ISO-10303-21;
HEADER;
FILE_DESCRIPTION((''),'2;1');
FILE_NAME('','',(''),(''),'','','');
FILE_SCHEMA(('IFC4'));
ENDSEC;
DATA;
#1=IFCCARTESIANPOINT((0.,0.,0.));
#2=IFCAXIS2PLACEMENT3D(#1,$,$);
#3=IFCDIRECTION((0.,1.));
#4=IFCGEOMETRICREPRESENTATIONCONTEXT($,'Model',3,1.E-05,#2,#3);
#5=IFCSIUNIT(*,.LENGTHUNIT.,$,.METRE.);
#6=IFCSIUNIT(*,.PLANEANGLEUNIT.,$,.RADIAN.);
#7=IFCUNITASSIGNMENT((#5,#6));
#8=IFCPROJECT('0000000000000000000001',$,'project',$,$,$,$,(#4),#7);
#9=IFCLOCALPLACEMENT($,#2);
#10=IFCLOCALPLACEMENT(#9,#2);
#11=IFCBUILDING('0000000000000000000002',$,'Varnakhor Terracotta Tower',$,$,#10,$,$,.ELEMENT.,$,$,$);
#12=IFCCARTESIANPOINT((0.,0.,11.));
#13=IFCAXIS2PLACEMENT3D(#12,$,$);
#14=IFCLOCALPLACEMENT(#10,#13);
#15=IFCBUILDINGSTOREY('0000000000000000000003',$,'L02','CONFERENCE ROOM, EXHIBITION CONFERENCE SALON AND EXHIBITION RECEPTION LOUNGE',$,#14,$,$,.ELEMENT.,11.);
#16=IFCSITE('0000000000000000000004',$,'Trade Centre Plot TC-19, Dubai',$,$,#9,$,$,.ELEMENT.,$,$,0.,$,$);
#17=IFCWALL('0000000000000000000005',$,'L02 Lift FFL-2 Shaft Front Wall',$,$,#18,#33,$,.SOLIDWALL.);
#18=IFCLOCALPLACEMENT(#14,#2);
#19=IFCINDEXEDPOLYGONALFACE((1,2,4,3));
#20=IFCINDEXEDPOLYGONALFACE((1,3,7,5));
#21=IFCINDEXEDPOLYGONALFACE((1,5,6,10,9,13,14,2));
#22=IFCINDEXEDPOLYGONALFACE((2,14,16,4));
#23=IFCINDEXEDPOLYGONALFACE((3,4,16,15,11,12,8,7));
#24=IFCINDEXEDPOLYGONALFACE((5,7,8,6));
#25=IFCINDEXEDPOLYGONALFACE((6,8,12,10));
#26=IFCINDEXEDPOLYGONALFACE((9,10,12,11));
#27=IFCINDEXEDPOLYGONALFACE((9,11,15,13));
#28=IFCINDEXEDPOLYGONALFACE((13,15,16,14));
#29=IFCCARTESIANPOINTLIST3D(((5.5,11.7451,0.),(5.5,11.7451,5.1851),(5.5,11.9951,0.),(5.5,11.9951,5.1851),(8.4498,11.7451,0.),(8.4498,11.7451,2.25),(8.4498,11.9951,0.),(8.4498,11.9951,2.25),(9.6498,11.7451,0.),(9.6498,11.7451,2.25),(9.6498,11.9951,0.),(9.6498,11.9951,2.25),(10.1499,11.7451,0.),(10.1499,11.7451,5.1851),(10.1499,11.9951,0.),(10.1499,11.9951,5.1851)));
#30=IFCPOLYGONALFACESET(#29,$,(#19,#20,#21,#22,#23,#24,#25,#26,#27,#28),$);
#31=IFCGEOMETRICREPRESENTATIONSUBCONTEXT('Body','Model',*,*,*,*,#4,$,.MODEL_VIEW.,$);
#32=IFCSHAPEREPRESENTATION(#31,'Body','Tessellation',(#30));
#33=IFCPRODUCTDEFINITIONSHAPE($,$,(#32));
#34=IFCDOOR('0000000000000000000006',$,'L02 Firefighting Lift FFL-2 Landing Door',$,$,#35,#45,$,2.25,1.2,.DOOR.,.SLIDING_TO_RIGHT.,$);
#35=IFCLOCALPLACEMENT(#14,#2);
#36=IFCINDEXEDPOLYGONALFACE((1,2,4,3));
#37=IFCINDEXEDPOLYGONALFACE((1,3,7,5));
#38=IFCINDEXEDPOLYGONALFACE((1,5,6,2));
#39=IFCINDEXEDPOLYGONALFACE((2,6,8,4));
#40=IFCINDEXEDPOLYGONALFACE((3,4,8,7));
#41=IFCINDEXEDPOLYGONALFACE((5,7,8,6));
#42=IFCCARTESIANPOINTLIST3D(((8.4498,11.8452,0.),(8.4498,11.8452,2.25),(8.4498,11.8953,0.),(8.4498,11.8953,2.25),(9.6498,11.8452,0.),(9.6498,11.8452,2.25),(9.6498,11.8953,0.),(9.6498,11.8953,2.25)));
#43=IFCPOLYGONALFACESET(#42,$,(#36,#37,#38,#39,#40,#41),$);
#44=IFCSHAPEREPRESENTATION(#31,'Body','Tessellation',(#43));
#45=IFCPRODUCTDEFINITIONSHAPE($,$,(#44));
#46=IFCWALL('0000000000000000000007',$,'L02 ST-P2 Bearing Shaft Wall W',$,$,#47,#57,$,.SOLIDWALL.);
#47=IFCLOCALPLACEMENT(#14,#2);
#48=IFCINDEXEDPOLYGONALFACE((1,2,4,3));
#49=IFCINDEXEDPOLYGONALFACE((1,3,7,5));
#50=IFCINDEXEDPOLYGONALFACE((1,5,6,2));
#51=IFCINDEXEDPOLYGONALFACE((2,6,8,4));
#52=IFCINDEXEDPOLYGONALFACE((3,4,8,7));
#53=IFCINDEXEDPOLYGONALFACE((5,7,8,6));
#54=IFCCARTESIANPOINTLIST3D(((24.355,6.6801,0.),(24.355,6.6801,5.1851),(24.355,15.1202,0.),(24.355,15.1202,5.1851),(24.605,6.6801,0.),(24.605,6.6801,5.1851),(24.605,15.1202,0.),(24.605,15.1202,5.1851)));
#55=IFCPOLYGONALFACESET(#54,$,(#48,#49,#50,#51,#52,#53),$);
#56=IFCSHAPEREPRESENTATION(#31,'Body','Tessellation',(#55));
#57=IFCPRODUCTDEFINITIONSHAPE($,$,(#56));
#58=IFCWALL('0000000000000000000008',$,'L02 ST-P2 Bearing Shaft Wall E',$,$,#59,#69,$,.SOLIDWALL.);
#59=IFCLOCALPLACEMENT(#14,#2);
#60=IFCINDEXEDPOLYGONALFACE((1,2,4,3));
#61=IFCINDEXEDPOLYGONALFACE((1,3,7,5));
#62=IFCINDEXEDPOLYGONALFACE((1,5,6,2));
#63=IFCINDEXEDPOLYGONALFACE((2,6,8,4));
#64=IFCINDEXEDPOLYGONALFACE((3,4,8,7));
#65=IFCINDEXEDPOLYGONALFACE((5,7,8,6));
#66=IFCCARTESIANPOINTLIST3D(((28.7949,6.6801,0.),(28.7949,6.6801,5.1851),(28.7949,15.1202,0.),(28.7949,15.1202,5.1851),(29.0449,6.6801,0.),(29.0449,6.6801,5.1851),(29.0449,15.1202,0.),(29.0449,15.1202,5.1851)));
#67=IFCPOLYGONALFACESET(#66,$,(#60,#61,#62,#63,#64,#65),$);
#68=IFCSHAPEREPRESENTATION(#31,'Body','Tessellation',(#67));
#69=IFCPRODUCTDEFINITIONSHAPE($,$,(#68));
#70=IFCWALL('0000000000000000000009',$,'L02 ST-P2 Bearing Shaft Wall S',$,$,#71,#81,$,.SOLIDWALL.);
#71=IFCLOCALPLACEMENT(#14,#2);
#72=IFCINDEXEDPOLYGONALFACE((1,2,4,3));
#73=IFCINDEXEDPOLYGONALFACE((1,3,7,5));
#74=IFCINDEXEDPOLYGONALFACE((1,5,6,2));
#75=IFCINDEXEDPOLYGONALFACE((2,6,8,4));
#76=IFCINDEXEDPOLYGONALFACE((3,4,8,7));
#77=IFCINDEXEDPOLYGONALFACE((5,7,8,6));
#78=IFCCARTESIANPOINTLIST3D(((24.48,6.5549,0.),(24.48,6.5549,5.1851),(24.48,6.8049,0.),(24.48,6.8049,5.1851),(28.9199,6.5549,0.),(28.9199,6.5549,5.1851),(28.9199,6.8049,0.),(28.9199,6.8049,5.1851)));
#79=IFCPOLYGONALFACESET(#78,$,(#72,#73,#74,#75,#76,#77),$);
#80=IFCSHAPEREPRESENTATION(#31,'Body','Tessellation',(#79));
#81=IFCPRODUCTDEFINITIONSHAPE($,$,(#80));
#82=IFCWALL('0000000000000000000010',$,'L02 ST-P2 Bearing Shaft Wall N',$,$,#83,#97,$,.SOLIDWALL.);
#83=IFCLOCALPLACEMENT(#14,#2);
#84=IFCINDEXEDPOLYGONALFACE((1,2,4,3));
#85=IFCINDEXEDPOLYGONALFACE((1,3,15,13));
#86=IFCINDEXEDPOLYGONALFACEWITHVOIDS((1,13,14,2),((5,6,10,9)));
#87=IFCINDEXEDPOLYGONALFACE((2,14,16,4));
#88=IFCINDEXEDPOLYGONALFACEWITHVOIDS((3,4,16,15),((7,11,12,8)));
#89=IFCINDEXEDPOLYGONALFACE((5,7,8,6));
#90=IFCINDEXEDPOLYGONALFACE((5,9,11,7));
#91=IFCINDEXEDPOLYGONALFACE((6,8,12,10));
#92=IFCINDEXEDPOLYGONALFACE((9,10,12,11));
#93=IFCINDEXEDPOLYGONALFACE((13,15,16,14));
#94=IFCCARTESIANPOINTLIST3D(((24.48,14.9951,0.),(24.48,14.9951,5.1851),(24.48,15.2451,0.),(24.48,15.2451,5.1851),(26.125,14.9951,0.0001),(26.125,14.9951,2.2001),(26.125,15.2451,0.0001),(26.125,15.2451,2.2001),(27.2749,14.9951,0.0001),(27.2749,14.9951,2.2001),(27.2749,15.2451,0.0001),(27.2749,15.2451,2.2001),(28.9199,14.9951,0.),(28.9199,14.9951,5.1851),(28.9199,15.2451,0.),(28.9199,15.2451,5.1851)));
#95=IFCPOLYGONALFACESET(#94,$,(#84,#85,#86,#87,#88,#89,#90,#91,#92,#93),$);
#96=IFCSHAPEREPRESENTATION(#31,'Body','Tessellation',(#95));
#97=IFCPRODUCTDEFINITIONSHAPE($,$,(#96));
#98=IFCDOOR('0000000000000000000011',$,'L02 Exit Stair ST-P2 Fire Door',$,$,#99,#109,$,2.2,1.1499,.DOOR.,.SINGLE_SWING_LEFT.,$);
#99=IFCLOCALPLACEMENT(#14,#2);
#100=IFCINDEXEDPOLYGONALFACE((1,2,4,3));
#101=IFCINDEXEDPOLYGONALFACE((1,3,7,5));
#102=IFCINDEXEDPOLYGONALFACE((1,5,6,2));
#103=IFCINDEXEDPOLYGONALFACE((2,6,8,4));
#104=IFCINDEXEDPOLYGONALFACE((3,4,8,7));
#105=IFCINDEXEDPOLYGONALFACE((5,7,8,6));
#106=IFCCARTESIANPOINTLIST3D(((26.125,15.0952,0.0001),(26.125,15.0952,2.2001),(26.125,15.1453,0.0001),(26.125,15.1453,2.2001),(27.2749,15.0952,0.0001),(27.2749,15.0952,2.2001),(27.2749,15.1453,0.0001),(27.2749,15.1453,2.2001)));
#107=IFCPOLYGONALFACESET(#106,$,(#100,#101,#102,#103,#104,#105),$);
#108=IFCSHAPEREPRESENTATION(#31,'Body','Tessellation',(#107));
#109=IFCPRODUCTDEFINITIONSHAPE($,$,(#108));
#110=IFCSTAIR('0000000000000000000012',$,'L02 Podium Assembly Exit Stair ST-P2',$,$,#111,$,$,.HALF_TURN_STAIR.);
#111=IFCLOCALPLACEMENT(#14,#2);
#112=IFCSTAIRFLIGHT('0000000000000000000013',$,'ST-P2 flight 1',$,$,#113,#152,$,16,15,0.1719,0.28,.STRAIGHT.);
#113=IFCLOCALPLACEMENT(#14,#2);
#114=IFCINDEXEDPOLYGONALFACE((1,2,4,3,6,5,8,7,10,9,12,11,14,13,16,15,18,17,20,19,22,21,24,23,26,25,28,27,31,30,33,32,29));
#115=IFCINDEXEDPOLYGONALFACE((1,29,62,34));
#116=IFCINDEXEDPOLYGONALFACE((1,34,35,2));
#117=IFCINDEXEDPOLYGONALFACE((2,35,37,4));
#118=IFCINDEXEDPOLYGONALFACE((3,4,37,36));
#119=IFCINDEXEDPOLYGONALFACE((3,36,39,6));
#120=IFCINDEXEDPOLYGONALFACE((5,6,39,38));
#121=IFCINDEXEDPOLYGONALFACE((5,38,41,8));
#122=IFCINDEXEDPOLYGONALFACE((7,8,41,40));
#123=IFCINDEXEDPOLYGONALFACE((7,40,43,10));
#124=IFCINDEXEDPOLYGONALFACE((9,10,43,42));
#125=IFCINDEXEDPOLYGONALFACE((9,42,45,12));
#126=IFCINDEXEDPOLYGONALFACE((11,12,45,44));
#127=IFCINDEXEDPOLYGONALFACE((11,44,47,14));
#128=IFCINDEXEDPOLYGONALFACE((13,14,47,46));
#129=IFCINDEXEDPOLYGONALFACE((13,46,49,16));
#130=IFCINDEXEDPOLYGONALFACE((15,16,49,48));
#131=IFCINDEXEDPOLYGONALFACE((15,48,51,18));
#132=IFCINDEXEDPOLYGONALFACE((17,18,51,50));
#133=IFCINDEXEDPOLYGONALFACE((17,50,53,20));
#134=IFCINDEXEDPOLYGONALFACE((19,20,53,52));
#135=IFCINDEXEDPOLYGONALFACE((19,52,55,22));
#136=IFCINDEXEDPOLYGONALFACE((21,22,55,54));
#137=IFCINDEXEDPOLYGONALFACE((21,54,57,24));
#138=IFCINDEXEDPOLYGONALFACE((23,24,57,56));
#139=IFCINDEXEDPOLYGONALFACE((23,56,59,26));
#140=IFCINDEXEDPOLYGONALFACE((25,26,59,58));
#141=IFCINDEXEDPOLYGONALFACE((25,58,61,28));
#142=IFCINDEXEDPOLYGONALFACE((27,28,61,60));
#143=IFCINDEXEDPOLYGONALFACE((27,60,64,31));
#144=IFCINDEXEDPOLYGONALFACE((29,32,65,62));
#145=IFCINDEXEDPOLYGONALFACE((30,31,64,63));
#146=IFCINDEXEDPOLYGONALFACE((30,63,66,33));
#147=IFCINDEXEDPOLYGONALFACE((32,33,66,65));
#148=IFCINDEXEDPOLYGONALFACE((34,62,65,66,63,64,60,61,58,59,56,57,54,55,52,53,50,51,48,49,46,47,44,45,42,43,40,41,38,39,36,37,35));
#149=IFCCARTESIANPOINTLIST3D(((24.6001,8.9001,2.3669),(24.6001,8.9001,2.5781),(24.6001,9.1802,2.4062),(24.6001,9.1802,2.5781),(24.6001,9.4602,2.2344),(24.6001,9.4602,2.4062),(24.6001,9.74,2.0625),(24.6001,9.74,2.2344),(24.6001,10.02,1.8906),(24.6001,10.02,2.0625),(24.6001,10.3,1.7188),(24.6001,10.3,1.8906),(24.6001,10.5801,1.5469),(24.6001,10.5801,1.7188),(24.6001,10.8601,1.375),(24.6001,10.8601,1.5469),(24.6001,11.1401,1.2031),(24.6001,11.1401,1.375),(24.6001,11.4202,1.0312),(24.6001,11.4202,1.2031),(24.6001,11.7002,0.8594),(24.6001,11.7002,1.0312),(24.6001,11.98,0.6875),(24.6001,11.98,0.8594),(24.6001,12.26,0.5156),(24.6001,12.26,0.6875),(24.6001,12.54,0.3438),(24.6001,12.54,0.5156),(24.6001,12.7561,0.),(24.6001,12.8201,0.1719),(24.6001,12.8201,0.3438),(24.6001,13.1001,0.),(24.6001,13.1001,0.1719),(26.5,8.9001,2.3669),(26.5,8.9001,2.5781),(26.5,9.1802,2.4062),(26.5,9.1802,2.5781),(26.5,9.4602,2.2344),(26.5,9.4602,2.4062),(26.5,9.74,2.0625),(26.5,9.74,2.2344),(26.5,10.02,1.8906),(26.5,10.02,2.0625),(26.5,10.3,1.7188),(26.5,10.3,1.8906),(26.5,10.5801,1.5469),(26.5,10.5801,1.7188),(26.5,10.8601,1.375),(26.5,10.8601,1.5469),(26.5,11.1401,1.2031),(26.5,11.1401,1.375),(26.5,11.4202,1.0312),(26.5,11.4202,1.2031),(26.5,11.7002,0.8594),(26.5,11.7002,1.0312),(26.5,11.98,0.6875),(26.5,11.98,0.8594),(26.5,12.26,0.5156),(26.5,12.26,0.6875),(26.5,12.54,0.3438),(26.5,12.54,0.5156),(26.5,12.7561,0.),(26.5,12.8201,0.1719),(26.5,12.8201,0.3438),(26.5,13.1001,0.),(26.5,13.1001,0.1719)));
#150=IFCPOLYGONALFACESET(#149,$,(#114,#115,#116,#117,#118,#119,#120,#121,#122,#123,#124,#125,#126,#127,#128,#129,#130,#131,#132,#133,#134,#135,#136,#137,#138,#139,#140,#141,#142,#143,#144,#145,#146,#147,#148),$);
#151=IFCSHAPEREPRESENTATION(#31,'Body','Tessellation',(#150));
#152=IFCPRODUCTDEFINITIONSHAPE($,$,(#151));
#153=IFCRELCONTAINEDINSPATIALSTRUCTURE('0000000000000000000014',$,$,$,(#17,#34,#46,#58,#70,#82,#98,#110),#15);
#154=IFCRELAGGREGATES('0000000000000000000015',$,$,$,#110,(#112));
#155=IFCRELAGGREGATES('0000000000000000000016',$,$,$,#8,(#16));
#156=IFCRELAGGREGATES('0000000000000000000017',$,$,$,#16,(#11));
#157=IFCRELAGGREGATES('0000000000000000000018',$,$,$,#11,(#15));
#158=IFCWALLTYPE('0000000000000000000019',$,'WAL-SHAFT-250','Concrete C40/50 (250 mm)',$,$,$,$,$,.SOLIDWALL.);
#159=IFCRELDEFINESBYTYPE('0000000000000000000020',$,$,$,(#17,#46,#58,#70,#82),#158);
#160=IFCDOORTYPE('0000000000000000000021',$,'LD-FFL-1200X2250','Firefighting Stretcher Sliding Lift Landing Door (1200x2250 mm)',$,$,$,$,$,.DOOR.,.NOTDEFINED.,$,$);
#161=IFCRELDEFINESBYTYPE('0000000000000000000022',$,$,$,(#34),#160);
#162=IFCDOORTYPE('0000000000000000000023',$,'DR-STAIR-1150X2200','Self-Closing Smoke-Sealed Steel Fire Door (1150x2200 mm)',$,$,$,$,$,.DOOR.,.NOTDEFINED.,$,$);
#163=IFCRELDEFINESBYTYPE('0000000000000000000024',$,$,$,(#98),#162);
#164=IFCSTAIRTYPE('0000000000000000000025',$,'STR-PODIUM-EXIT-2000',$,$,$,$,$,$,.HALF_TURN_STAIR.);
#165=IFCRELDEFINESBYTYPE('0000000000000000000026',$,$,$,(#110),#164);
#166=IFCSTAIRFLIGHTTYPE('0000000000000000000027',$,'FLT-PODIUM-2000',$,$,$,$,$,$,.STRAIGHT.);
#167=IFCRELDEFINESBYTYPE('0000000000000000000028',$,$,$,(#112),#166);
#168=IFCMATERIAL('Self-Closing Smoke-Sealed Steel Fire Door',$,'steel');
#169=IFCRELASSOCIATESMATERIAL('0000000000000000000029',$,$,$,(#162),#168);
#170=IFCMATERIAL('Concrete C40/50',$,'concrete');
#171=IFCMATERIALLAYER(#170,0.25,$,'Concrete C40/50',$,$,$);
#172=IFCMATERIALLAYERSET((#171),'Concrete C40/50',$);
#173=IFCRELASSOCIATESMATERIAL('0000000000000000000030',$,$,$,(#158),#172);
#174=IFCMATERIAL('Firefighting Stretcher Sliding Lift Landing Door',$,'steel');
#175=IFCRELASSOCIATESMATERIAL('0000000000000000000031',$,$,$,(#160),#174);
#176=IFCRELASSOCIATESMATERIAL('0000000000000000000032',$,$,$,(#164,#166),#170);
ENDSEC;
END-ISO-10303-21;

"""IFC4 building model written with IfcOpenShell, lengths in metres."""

from ifc_helpers import new_model, si_unit, direction, frame, frame_2d, origin, place, context, subcontext, project, spatial, polyline, rectangle, outline, extrude, source, transform, mapped, material, layer, layer_set, type_object, type_shapes, element, fill, aggregate, save


model = new_model("IFC4")

# Units and contexts
model_context = context("Model", 3, precision=1e-05, world=origin(), true_north=direction((0.0, 1.0)))
body_context = subcontext(model_context, "Body", "Model", "MODEL_VIEW")
ifc_project = project(units=[si_unit("LENGTHUNIT", "METRE"), si_unit("PLANEANGLEUNIT", "RADIAN")], contexts=[model_context])

# Site, building, storey
site_placement = place(None, origin())
site = spatial("IfcSite", under=ifc_project, at=site_placement, Name="Trade Centre Plot TC-19, Dubai", CompositionType="ELEMENT", RefElevation=0.0)
building_placement = place(site_placement, origin())
building = spatial("IfcBuilding", under=site, at=building_placement, Name="Varnakhor Terracotta Tower", CompositionType="ELEMENT")
storey_placement = place(building_placement, frame((0.0, 0.0, 11.0)))
storey = spatial("IfcBuildingStorey", under=building, at=storey_placement, Name="L02", Description="CONFERENCE ROOM, EXHIBITION CONFERENCE SALON AND EXHIBITION RECEPTION LOUNGE", CompositionType="ELEMENT", Elevation=11.0)

# Wall, opening, door
ifc_material_1 = material(Name="Concrete C40/50", Category="concrete")
ifc_material_2 = material(Name="Self-Closing Smoke-Sealed Steel Fire Door", Category="steel")
door_type_1 = type_object("IfcDoorType", Name="DR-STAIR-1150X2200", Description="Self-Closing Smoke-Sealed Steel Fire Door (1150x2200 mm)", OperationType="NOTDEFINED", PredefinedType="DOOR", material=ifc_material_2)
shared_shape_1 = source(origin(), body_context, "Body", "SweptSolid", [
    extrude(rectangle(XDim=1.1499, YDim=2.2, at=frame_2d((0.575, 1.1001))), frame((0.0, 0.0249, 0.0), z_axis=(0.0, -1.0, 0.0), x_axis=(1.0, 0.0, 0.0)), (0.0, 0.0, 1.0), 0.05),
])
type_shapes(door_type_1, [shared_shape_1])
ifc_layer_1 = layer(ifc_material_1, 0.25, Name="Concrete C40/50")
ifc_layer_set_1 = layer_set([ifc_layer_1], Name="Concrete C40/50")
wall_type_1 = type_object("IfcWallType", Name="WAL-SHAFT-250", Description="Concrete C40/50 (250 mm)", PredefinedType="SOLIDWALL", material=ifc_layer_set_1)
wall_1_placement = place(storey_placement, frame((10.1499, 11.8701, 0.0), z_axis=(0.0, 0.0, 1.0), x_axis=(-1.0, 0.0, 0.0)))
wall_1 = element("IfcWall", 1, at=wall_1_placement, inside=storey, type_object=wall_type_1, Name="L02 Lift FFL-2 Shaft Front Wall", PredefinedType="SOLIDWALL", context=body_context, shape_type="SweptSolid", body=[
    extrude(rectangle(XDim=4.6499, YDim=0.25, at=frame_2d((2.325, 0.0))), origin(), (0.0, 0.0, 1.0), 5.1851),
])
opening_1_placement = place(wall_1_placement, frame((0.5, 0.0, 0.0)))
opening_1 = element("IfcOpeningElement", 2, at=opening_1_placement, cuts=wall_1, PredefinedType="OPENING", context=body_context, shape_type="SweptSolid", body=[
    extrude(rectangle(XDim=1.2, YDim=2.25, at=frame_2d((0.6001, 1.125))), frame((0.0, 0.135, 0.0), z_axis=(0.0, -1.0, 0.0), x_axis=(1.0, 0.0, 0.0)), (0.0, 0.0, 1.0), 0.27),
])
ifc_material_3 = material(Name="Firefighting Stretcher Sliding Lift Landing Door", Category="steel")
door_type_2 = type_object("IfcDoorType", Name="LD-FFL-1200X2250", Description="Firefighting Stretcher Sliding Lift Landing Door (1200x2250 mm)", OperationType="NOTDEFINED", PredefinedType="DOOR", material=ifc_material_3)
shared_shape_2 = source(origin(), body_context, "Body", "SweptSolid", [
    extrude(rectangle(XDim=1.2, YDim=2.25, at=frame_2d((0.6001, 1.125))), frame((0.0, 0.0249, 0.0), z_axis=(0.0, -1.0, 0.0), x_axis=(1.0, 0.0, 0.0)), (0.0, 0.0, 1.0), 0.05),
])
type_shapes(door_type_2, [shared_shape_2])
door_1_placement = place(opening_1_placement, origin())
door_1 = element("IfcDoor", 3, at=door_1_placement, inside=storey, type_object=door_type_2, Name="L02 Firefighting Lift FFL-2 Landing Door", OperationType="SLIDING_TO_RIGHT", OverallHeight=2.25, OverallWidth=1.2, PredefinedType="DOOR", context=body_context, shape_type="MappedRepresentation", body=[
    mapped(shared_shape_2, transform((0.0, 0.0, 0.0), scale=1.0)),
])
fill(opening_1, door_1)

# Walls
for number, where, z_axis, x_axis, name in (
    (4, (24.48, 6.6799, 0.0), (0.0, 0.0, 1.0), (0.0, 1.0, 0.0), "L02 ST-P2 Bearing Shaft Wall W"),
    (5, (28.9199, 6.6799, 0.0), (0.0, 0.0, 1.0), (0.0, 1.0, 0.0), "L02 ST-P2 Bearing Shaft Wall E"),
):
    element("IfcWall", number, at=place(storey_placement, frame(where, z_axis=z_axis, x_axis=x_axis)), inside=storey, type_object=wall_type_1, Name=name, PredefinedType="SOLIDWALL", context=body_context, shape_type="SweptSolid", body=[
        extrude(rectangle(XDim=8.4402, YDim=0.25, at=frame_2d((4.2202, 0.0))), origin(), (0.0, 0.0, 1.0), 5.1851),
    ])
wall_2_placement = place(storey_placement, frame((24.48, 6.6799, 0.0), z_axis=(0.0, 0.0, 1.0), x_axis=(1.0, 0.0, 0.0)))
element("IfcWall", 6, at=wall_2_placement, inside=storey, type_object=wall_type_1, Name="L02 ST-P2 Bearing Shaft Wall S", PredefinedType="SOLIDWALL", context=body_context, shape_type="SweptSolid", body=[
    extrude(rectangle(XDim=4.4399, YDim=0.25, at=frame_2d((2.22, 0.0))), origin(), (0.0, 0.0, 1.0), 5.1851),
])

# Wall, opening, door
wall_3_placement = place(storey_placement, frame((28.9199, 15.1201, 0.0), z_axis=(0.0, 0.0, 1.0), x_axis=(-1.0, 0.0, 0.0)))
wall_3 = element("IfcWall", 7, at=wall_3_placement, inside=storey, type_object=wall_type_1, Name="L02 ST-P2 Bearing Shaft Wall N", PredefinedType="SOLIDWALL", context=body_context, shape_type="SweptSolid", body=[
    extrude(rectangle(XDim=4.4399, YDim=0.25, at=frame_2d((2.22, 0.0))), origin(), (0.0, 0.0, 1.0), 5.1851),
])
opening_2_placement = place(wall_3_placement, frame((1.645, 0.0, 0.0)))
opening_2 = element("IfcOpeningElement", 8, at=opening_2_placement, cuts=wall_3, PredefinedType="OPENING", context=body_context, shape_type="SweptSolid", body=[
    extrude(rectangle(XDim=1.1499, YDim=2.2, at=frame_2d((0.575, 1.1001))), frame((0.0, 0.135, 0.0), z_axis=(0.0, -1.0, 0.0), x_axis=(1.0, 0.0, 0.0)), (0.0, 0.0, 1.0), 0.27),
])
door_2_placement = place(opening_2_placement, origin())
door_2 = element("IfcDoor", 9, at=door_2_placement, inside=storey, type_object=door_type_1, Name="L02 Exit Stair ST-P2 Fire Door", OperationType="SINGLE_SWING_LEFT", OverallHeight=2.2, OverallWidth=1.1499, PredefinedType="DOOR", context=body_context, shape_type="MappedRepresentation", body=[
    mapped(shared_shape_1, transform((0.0, 0.0, 0.0), scale=1.0)),
])
fill(opening_2, door_2)

# Stair, stair flight
stair_type = type_object("IfcStairType", Name="STR-PODIUM-EXIT-2000", PredefinedType="HALF_TURN_STAIR", material=ifc_material_1)
stair_placement = place(storey_placement, origin())
stair = element("IfcStair", 10, at=stair_placement, inside=storey, type_object=stair_type, Name="L02 Podium Assembly Exit Stair ST-P2", PredefinedType="HALF_TURN_STAIR")
stair_flight_type = type_object("IfcStairFlightType", Name="FLT-PODIUM-2000", PredefinedType="STRAIGHT", material=ifc_material_1)
stair_flight_1_placement = place(storey_placement, frame((25.55, 13.1001, 0.0), z_axis=(0.0, 0.0, 1.0), x_axis=(0.0, -1.0, 0.0)))
stair_flight_1 = element("IfcStairFlight", 11, at=stair_flight_1_placement, type_object=stair_flight_type, Name="ST-P2 flight 1", NumberOfRisers=16, NumberOfTreads=15, PredefinedType="STRAIGHT", RiserHeight=0.1719, TreadLength=0.28, context=body_context, shape_type="SweptSolid", body=[
    extrude(outline(polyline([(0.0, 0.0), (0.0, 0.1719), (0.28, 0.1719), (0.28, 0.3438), (0.5601, 0.3438), (0.5601, 0.5156), (0.8401, 0.5156), (0.8401, 0.6875), (1.1201, 0.6875), (1.1201, 0.8594), (1.3999, 0.8594), (1.3999, 1.0312), (1.6799, 1.0312), (1.6799, 1.2031), (1.96, 1.2031), (1.96, 1.375), (2.24, 1.375), (2.24, 1.5469), (2.52, 1.5469), (2.52, 1.7188), (2.8, 1.7188), (2.8, 1.8906), (3.0801, 1.8906), (3.0801, 2.0625), (3.3601, 2.0625), (3.3601, 2.2344), (3.6399, 2.2344), (3.6399, 2.4062), (3.9199, 2.4062), (3.9199, 2.5781), (4.2, 2.5781), (4.2, 2.75), (4.2, 2.3669), (0.344, 0.0), (0.0, 0.0)])), frame((0.0, 0.95, 0.0), z_axis=(0.0, -1.0, 0.0), x_axis=(1.0, 0.0, 0.0)), (0.0, 0.0, 1.0), 1.8999),
])
aggregate(stair, [stair_flight_1])

save(model, "model.ifc")
